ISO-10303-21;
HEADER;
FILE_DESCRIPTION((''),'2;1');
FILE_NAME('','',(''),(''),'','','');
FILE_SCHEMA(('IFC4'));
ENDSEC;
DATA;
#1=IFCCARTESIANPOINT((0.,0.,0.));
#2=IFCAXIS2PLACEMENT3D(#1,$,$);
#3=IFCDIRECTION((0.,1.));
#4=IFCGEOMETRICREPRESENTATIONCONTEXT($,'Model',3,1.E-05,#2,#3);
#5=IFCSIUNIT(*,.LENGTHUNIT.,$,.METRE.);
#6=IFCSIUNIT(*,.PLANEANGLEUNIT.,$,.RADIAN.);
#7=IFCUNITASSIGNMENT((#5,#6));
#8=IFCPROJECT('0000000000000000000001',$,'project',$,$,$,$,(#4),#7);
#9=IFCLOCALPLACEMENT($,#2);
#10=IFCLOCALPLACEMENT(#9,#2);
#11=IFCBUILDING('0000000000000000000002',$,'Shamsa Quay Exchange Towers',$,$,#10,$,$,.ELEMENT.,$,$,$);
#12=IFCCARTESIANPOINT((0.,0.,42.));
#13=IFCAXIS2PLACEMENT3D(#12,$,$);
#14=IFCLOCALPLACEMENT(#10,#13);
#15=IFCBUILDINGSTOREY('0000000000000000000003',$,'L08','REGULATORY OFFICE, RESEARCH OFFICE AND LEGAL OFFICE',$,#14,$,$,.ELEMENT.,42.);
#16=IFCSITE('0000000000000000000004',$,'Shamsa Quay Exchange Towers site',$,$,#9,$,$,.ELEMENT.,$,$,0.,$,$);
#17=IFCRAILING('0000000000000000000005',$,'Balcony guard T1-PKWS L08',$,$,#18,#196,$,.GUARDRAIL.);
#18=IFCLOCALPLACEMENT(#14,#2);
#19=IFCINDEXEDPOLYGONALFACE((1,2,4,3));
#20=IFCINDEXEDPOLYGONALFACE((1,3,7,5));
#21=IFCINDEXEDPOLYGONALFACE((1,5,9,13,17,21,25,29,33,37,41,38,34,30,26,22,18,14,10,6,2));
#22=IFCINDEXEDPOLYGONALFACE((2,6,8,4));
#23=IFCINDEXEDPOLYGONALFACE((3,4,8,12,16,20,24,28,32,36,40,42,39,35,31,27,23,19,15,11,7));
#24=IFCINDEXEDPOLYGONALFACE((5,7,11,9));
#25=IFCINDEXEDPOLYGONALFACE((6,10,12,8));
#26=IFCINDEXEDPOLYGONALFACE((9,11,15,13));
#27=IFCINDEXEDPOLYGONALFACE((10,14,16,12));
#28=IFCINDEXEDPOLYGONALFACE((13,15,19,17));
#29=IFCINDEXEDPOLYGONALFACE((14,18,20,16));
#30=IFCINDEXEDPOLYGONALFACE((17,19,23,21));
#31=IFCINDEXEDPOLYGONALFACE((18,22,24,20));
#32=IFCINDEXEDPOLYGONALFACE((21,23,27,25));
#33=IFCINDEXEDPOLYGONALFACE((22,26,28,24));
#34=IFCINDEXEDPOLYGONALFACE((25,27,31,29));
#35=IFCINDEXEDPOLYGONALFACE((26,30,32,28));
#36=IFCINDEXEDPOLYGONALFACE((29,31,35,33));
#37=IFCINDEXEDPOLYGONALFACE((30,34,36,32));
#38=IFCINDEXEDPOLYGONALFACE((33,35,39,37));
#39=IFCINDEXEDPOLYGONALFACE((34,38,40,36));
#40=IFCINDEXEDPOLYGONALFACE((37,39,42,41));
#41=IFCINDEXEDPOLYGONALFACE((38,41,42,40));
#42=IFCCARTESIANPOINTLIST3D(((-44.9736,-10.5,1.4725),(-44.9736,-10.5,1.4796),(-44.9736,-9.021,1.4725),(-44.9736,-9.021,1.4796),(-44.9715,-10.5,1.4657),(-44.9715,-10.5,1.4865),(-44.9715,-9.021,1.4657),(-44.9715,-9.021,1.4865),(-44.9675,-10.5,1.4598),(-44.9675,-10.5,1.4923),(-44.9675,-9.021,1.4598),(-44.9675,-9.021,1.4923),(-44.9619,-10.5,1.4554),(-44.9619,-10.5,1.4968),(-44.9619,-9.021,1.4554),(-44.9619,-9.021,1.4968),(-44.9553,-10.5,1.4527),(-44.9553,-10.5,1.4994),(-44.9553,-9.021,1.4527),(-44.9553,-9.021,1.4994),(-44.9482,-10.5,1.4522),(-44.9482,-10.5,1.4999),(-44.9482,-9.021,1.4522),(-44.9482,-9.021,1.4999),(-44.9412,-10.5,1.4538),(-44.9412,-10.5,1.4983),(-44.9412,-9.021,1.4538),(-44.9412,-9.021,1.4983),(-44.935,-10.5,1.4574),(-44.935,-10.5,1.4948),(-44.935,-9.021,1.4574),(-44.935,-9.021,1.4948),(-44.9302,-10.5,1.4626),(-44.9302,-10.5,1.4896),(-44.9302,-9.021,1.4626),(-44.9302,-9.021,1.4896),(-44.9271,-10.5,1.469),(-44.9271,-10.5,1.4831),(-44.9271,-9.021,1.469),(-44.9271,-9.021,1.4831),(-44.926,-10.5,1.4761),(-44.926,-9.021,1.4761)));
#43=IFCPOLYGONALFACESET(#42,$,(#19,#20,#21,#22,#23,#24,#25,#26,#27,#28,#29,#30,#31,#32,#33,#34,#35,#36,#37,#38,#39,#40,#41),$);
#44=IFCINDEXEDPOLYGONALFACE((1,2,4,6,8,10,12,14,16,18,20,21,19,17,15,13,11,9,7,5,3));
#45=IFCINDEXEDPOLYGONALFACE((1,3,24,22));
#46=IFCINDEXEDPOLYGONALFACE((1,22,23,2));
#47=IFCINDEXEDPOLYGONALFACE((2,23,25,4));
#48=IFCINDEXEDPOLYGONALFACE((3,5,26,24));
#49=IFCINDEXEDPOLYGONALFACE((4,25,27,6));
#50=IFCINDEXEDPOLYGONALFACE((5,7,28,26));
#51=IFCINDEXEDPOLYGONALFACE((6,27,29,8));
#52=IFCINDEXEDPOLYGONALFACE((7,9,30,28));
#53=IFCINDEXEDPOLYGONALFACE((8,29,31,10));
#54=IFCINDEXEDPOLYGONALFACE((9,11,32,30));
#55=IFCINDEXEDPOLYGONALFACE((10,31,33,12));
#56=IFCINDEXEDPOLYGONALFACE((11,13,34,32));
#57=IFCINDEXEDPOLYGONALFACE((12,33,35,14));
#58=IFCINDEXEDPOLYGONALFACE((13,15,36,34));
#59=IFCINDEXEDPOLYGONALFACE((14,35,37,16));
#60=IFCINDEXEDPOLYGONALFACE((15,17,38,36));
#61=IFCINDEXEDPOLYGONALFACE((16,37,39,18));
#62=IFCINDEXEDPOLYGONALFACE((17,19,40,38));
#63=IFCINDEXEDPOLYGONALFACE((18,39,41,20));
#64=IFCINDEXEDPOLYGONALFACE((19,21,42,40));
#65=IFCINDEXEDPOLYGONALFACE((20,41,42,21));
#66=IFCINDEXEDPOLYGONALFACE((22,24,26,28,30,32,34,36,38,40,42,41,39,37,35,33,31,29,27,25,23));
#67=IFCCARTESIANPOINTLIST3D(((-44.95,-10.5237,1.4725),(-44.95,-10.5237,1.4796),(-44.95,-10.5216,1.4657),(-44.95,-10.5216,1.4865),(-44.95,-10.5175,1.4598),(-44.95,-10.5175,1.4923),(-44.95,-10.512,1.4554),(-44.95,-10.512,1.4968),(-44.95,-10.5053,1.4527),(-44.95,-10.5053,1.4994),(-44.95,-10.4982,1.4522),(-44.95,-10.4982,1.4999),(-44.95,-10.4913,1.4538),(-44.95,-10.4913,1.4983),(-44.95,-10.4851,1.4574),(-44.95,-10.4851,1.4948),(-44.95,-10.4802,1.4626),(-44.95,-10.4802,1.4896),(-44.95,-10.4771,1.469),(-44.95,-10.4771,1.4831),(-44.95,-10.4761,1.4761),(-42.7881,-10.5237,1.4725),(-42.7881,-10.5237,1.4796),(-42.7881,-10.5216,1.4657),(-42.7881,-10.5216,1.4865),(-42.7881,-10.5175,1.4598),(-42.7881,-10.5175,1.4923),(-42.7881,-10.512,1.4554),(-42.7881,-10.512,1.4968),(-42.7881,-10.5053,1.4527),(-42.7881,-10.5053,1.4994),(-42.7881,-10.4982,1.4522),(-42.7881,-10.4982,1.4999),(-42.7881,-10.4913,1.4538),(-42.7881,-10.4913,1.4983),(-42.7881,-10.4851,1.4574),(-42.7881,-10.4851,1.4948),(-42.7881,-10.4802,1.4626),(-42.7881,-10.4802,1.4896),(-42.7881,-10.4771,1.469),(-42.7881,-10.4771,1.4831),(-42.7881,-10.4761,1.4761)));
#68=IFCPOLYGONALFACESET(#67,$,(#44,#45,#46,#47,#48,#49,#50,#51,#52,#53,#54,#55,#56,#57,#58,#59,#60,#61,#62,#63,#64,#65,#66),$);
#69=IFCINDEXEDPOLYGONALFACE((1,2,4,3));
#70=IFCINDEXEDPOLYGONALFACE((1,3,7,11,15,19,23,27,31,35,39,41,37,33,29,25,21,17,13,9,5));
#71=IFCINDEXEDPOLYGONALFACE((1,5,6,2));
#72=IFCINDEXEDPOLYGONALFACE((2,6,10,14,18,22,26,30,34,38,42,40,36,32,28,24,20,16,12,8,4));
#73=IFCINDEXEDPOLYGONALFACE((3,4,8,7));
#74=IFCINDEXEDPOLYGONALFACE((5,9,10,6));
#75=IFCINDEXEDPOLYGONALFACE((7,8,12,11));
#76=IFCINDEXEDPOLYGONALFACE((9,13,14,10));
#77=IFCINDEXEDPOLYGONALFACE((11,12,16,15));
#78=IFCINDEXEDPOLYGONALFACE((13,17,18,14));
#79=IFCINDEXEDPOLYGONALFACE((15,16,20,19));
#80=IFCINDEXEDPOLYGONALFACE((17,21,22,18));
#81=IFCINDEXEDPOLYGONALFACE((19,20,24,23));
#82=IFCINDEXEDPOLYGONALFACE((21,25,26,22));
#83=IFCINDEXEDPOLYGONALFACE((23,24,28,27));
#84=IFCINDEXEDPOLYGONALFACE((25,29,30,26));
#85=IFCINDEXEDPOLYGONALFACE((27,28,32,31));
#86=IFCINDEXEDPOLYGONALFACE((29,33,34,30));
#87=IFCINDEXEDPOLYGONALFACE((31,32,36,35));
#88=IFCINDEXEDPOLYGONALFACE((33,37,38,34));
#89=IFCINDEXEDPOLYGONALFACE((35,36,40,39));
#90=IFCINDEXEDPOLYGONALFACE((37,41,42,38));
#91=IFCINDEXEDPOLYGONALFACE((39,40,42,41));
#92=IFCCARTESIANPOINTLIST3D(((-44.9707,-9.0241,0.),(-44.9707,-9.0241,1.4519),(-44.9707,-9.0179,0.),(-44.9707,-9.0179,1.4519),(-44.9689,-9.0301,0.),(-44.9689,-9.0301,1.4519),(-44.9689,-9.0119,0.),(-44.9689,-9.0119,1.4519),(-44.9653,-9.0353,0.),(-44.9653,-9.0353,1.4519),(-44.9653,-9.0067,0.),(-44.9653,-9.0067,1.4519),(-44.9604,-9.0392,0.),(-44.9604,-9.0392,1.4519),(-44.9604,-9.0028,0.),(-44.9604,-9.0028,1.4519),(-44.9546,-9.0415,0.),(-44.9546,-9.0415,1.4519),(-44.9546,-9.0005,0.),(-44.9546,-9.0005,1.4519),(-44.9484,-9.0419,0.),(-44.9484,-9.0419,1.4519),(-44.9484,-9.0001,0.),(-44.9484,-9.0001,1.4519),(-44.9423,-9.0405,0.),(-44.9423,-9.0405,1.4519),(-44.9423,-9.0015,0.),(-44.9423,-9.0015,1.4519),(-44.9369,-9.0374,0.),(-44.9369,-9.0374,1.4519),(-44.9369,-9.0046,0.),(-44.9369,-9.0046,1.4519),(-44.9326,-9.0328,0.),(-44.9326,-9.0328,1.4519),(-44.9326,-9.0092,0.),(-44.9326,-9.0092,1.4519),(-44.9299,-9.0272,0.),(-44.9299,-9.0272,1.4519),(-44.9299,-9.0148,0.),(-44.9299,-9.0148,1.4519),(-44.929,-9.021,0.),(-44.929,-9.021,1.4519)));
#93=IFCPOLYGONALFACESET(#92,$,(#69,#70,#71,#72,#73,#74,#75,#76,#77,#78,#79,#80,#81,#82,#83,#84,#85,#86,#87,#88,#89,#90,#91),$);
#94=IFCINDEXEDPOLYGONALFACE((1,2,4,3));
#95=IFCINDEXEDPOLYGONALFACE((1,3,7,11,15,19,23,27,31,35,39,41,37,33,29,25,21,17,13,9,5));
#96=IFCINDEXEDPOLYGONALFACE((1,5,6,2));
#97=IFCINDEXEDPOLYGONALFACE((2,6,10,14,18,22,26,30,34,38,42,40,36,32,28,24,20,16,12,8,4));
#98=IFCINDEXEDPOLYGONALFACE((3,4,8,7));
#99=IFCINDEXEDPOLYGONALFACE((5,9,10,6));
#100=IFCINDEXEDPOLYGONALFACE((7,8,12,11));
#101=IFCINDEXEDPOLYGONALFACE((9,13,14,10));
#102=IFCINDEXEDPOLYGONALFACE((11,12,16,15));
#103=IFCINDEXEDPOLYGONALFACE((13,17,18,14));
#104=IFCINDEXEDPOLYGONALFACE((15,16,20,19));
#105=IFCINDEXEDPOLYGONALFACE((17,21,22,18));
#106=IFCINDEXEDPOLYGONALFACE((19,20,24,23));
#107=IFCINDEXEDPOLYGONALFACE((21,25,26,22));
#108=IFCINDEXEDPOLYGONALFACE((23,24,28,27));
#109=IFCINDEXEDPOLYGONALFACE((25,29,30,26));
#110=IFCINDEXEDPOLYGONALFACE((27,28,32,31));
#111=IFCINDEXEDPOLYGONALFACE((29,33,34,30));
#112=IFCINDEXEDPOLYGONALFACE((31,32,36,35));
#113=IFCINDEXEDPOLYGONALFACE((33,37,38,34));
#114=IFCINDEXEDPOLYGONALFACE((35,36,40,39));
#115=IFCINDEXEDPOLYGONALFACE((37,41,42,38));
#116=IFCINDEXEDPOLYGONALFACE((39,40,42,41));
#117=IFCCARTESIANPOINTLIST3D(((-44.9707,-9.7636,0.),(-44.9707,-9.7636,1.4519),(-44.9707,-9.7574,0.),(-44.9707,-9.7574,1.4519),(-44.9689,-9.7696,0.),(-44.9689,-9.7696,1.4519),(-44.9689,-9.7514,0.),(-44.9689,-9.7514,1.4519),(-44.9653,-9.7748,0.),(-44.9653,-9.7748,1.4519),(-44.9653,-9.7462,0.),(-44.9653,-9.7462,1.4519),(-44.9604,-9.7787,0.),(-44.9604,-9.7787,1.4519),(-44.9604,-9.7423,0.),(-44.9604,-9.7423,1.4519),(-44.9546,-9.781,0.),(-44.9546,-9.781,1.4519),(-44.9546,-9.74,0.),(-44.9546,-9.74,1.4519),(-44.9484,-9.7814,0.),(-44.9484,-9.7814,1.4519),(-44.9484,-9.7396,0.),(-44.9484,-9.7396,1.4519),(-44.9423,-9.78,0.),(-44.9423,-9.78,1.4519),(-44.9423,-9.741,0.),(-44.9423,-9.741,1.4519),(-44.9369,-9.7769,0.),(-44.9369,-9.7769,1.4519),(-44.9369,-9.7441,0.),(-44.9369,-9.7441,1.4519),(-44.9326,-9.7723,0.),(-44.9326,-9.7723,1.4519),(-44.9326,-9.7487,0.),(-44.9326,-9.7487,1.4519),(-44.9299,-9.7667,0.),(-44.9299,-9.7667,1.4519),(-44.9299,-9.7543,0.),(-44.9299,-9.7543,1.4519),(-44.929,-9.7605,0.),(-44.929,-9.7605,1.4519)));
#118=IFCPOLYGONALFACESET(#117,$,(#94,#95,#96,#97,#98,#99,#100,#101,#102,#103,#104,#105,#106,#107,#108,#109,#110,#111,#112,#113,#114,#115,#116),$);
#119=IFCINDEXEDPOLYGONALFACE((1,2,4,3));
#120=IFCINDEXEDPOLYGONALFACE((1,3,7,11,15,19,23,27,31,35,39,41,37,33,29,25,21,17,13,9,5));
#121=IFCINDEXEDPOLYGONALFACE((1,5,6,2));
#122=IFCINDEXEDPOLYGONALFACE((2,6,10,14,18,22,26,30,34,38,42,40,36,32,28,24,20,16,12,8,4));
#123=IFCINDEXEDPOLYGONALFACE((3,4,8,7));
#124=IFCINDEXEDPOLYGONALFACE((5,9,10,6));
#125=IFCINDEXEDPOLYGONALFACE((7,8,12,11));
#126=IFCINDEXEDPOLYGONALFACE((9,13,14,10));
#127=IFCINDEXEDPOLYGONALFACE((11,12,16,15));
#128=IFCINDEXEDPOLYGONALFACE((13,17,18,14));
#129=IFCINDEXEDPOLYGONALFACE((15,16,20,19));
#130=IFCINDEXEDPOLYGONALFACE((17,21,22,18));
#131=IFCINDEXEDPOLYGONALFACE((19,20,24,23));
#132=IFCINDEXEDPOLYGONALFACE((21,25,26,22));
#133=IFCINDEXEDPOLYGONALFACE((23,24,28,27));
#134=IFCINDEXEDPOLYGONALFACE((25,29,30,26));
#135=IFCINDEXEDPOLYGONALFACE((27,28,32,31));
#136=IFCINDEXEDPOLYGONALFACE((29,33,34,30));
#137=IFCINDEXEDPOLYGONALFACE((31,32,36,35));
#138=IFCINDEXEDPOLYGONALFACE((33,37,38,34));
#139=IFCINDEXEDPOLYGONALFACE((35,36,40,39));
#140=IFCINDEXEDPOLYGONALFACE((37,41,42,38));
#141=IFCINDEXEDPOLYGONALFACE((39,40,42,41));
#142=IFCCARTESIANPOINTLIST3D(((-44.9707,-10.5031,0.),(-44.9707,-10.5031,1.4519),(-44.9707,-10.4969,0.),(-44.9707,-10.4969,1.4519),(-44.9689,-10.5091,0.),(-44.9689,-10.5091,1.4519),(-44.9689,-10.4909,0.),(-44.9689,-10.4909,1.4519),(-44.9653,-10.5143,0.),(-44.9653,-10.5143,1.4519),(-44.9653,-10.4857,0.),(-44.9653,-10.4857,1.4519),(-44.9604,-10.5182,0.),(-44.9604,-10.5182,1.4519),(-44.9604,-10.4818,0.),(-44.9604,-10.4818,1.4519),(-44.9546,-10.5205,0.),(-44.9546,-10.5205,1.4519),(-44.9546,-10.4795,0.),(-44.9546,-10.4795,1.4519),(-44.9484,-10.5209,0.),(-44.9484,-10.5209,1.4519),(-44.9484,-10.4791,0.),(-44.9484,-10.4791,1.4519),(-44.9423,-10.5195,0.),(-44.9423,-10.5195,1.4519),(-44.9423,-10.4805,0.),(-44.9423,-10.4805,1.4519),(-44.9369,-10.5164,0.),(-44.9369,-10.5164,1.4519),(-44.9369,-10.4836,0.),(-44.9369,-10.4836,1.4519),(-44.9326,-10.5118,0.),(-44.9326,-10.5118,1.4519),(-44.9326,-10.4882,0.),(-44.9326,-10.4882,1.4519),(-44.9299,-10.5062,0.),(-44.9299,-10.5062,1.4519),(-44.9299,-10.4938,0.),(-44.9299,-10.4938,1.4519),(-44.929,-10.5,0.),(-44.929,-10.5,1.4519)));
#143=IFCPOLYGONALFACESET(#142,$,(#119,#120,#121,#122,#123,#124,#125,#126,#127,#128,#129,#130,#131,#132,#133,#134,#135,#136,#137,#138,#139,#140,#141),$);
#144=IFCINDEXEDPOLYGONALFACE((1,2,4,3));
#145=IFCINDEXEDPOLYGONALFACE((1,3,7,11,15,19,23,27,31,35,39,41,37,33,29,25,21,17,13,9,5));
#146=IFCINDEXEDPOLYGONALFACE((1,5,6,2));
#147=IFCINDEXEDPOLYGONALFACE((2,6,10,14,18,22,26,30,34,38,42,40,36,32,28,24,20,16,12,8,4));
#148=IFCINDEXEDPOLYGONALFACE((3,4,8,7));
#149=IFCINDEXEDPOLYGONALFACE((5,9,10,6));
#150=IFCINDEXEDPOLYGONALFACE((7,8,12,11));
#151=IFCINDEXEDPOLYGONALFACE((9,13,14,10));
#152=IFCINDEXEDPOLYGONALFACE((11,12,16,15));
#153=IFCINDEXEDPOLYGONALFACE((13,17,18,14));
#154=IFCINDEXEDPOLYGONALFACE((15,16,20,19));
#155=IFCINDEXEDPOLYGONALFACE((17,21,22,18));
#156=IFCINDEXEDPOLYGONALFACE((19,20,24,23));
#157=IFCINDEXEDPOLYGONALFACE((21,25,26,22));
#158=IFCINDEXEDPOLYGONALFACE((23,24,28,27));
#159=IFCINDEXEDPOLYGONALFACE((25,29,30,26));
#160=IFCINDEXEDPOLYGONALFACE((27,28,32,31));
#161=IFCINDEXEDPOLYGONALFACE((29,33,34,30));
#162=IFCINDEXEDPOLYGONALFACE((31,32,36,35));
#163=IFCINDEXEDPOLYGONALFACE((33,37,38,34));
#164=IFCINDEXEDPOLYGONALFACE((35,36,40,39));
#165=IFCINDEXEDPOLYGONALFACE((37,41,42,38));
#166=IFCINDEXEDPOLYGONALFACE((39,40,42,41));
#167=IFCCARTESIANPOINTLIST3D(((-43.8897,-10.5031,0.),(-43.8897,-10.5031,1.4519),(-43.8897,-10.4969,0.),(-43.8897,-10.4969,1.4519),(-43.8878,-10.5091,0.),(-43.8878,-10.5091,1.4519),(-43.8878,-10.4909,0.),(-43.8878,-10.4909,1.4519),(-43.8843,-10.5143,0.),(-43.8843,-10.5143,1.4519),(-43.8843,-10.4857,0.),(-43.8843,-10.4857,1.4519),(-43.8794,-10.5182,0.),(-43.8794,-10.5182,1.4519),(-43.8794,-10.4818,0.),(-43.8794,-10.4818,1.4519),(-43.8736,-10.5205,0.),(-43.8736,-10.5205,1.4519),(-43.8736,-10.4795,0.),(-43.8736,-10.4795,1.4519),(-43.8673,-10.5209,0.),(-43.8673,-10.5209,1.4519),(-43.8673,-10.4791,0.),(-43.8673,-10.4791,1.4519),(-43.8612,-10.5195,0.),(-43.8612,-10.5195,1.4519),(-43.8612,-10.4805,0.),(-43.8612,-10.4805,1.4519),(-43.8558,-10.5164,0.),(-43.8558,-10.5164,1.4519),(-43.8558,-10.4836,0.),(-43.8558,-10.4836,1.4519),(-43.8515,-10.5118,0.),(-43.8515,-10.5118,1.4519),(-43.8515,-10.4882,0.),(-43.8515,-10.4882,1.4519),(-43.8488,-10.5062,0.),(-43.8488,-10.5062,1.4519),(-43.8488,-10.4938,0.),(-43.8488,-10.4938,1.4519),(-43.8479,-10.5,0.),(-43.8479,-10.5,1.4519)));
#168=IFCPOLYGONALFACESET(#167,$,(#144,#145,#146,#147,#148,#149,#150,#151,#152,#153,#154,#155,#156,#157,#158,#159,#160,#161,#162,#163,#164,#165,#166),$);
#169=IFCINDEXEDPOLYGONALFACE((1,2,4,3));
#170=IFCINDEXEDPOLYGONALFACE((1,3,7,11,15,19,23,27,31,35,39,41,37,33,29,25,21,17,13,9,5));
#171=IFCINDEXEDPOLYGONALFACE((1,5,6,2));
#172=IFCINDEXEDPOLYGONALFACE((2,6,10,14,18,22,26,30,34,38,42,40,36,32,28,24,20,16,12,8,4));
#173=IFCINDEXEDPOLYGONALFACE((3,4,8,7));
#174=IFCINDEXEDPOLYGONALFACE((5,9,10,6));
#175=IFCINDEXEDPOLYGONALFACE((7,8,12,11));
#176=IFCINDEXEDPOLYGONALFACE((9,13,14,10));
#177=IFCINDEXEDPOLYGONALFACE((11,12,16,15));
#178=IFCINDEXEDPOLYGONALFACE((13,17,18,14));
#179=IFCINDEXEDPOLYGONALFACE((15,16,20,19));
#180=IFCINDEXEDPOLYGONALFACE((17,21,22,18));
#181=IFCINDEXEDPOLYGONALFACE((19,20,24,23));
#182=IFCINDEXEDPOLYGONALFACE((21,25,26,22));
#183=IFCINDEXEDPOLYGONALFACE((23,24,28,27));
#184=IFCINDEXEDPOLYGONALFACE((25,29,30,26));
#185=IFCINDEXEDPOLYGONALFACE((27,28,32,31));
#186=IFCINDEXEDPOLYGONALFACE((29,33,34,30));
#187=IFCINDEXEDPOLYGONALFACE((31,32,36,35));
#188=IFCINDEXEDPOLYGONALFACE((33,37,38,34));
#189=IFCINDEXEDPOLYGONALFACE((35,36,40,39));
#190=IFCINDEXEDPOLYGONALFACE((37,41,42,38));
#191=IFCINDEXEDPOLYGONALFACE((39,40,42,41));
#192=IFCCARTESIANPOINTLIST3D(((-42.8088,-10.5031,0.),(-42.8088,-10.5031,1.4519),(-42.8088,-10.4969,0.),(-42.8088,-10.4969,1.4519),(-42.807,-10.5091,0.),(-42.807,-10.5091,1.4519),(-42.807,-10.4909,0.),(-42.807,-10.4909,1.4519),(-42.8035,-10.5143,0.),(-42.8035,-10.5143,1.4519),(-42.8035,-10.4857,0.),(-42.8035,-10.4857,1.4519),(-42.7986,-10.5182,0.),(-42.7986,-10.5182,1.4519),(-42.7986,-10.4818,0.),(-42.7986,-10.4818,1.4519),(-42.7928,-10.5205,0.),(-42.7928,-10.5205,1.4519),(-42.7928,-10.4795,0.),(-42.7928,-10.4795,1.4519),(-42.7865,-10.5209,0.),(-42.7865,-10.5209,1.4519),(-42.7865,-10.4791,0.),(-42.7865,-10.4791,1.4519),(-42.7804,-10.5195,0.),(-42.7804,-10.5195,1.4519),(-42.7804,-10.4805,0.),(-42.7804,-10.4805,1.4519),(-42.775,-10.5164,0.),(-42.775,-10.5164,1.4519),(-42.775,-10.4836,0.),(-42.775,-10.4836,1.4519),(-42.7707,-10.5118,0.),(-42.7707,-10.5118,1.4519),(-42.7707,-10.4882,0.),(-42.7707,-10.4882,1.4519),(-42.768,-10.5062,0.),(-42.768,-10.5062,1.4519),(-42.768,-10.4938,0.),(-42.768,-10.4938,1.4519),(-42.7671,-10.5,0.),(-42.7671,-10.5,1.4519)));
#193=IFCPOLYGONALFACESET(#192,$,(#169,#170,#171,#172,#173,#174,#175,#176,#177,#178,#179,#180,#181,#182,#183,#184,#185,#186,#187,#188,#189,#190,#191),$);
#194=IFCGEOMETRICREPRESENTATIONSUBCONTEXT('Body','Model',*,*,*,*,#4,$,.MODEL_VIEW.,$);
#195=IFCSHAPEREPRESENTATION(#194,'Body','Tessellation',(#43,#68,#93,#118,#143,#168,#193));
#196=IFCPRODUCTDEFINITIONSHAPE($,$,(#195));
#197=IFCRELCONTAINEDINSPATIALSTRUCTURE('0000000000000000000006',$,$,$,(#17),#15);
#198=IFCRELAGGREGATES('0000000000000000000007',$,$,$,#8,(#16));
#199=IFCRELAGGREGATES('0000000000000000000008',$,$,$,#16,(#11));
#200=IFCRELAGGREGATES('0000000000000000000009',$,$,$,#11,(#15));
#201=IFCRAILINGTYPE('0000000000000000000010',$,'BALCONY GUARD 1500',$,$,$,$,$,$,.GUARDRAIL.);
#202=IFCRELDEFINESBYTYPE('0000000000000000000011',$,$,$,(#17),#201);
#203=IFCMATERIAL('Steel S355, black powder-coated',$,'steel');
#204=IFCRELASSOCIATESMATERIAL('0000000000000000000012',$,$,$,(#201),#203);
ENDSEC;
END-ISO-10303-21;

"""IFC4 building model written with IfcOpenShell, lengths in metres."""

from ifc_helpers import new_model, si_unit, direction, frame, origin, origin_2d, place, context, subcontext, project, spatial, circle, extrude, material, type_object, element, save


model = new_model("IFC4")

# Units and contexts
model_context = context("Model", 3, precision=1e-05, world=origin(), true_north=direction((0.0, 1.0)))
body_context = subcontext(model_context, "Body", "Model", "MODEL_VIEW")
ifc_project = project(units=[si_unit("LENGTHUNIT", "METRE"), si_unit("PLANEANGLEUNIT", "RADIAN")], contexts=[model_context])

# Site, building, storey
site_placement = place(None, origin())
site = spatial("IfcSite", under=ifc_project, at=site_placement, Name="Shamsa Quay Exchange Towers site", CompositionType="ELEMENT", RefElevation=0.0)
building_placement = place(site_placement, origin())
building = spatial("IfcBuilding", under=site, at=building_placement, Name="Shamsa Quay Exchange Towers", CompositionType="ELEMENT")
storey_placement = place(building_placement, frame((0.0, 0.0, 42.0)))
storey = spatial("IfcBuildingStorey", under=building, at=storey_placement, Name="L08", Description="REGULATORY OFFICE, RESEARCH OFFICE AND LEGAL OFFICE", CompositionType="ELEMENT", Elevation=42.0)

# Railing
ifc_material_1 = material(Name="Steel S355, black powder-coated", Category="steel")
railing_type = type_object("IfcRailingType", Name="BALCONY GUARD 1500", PredefinedType="GUARDRAIL", material=ifc_material_1)
for number, where, name in (
    (1, (-44.95, -9.021, 0.0), "Balcony guard T1-PKWS L08"),
):
    element("IfcRailing", number, at=place(storey_placement, frame(where)), inside=storey, type_object=railing_type, Name=name, PredefinedType="GUARDRAIL", context=body_context, shape_type="SweptSolid", body=[
        extrude(circle(Radius=0.0239, at=origin_2d()), frame((0.0, 0.0, 1.4761), z_axis=(0.0, -1.0, 0.0), x_axis=(1.0, 0.0, 0.0)), (0.0, 0.0, 1.0), 1.479),
        extrude(circle(Radius=0.0239, at=origin_2d()), frame((0.0, -1.479, 1.4761), z_axis=(1.0, 0.0, 0.0), x_axis=(0.0, 1.0, 0.0)), (0.0, 0.0, 1.0), 2.1619),
        extrude(circle(Radius=0.021, at=origin_2d()), origin(), (0.0, 0.0, 1.0), 1.4519),
        extrude(circle(Radius=0.021, at=origin_2d()), frame((0.0, -0.7395, 0.0)), (0.0, 0.0, 1.0), 1.4519),
        extrude(circle(Radius=0.021, at=origin_2d()), frame((0.0, -1.479, 0.0)), (0.0, 0.0, 1.0), 1.4519),
        extrude(circle(Radius=0.021, at=origin_2d()), frame((1.0811, -1.479, 0.0)), (0.0, 0.0, 1.0), 1.4519),
        extrude(circle(Radius=0.021, at=origin_2d()), frame((2.1619, -1.479, 0.0)), (0.0, 0.0, 1.0), 1.4519),
    ])

save(model, "model.ifc")
